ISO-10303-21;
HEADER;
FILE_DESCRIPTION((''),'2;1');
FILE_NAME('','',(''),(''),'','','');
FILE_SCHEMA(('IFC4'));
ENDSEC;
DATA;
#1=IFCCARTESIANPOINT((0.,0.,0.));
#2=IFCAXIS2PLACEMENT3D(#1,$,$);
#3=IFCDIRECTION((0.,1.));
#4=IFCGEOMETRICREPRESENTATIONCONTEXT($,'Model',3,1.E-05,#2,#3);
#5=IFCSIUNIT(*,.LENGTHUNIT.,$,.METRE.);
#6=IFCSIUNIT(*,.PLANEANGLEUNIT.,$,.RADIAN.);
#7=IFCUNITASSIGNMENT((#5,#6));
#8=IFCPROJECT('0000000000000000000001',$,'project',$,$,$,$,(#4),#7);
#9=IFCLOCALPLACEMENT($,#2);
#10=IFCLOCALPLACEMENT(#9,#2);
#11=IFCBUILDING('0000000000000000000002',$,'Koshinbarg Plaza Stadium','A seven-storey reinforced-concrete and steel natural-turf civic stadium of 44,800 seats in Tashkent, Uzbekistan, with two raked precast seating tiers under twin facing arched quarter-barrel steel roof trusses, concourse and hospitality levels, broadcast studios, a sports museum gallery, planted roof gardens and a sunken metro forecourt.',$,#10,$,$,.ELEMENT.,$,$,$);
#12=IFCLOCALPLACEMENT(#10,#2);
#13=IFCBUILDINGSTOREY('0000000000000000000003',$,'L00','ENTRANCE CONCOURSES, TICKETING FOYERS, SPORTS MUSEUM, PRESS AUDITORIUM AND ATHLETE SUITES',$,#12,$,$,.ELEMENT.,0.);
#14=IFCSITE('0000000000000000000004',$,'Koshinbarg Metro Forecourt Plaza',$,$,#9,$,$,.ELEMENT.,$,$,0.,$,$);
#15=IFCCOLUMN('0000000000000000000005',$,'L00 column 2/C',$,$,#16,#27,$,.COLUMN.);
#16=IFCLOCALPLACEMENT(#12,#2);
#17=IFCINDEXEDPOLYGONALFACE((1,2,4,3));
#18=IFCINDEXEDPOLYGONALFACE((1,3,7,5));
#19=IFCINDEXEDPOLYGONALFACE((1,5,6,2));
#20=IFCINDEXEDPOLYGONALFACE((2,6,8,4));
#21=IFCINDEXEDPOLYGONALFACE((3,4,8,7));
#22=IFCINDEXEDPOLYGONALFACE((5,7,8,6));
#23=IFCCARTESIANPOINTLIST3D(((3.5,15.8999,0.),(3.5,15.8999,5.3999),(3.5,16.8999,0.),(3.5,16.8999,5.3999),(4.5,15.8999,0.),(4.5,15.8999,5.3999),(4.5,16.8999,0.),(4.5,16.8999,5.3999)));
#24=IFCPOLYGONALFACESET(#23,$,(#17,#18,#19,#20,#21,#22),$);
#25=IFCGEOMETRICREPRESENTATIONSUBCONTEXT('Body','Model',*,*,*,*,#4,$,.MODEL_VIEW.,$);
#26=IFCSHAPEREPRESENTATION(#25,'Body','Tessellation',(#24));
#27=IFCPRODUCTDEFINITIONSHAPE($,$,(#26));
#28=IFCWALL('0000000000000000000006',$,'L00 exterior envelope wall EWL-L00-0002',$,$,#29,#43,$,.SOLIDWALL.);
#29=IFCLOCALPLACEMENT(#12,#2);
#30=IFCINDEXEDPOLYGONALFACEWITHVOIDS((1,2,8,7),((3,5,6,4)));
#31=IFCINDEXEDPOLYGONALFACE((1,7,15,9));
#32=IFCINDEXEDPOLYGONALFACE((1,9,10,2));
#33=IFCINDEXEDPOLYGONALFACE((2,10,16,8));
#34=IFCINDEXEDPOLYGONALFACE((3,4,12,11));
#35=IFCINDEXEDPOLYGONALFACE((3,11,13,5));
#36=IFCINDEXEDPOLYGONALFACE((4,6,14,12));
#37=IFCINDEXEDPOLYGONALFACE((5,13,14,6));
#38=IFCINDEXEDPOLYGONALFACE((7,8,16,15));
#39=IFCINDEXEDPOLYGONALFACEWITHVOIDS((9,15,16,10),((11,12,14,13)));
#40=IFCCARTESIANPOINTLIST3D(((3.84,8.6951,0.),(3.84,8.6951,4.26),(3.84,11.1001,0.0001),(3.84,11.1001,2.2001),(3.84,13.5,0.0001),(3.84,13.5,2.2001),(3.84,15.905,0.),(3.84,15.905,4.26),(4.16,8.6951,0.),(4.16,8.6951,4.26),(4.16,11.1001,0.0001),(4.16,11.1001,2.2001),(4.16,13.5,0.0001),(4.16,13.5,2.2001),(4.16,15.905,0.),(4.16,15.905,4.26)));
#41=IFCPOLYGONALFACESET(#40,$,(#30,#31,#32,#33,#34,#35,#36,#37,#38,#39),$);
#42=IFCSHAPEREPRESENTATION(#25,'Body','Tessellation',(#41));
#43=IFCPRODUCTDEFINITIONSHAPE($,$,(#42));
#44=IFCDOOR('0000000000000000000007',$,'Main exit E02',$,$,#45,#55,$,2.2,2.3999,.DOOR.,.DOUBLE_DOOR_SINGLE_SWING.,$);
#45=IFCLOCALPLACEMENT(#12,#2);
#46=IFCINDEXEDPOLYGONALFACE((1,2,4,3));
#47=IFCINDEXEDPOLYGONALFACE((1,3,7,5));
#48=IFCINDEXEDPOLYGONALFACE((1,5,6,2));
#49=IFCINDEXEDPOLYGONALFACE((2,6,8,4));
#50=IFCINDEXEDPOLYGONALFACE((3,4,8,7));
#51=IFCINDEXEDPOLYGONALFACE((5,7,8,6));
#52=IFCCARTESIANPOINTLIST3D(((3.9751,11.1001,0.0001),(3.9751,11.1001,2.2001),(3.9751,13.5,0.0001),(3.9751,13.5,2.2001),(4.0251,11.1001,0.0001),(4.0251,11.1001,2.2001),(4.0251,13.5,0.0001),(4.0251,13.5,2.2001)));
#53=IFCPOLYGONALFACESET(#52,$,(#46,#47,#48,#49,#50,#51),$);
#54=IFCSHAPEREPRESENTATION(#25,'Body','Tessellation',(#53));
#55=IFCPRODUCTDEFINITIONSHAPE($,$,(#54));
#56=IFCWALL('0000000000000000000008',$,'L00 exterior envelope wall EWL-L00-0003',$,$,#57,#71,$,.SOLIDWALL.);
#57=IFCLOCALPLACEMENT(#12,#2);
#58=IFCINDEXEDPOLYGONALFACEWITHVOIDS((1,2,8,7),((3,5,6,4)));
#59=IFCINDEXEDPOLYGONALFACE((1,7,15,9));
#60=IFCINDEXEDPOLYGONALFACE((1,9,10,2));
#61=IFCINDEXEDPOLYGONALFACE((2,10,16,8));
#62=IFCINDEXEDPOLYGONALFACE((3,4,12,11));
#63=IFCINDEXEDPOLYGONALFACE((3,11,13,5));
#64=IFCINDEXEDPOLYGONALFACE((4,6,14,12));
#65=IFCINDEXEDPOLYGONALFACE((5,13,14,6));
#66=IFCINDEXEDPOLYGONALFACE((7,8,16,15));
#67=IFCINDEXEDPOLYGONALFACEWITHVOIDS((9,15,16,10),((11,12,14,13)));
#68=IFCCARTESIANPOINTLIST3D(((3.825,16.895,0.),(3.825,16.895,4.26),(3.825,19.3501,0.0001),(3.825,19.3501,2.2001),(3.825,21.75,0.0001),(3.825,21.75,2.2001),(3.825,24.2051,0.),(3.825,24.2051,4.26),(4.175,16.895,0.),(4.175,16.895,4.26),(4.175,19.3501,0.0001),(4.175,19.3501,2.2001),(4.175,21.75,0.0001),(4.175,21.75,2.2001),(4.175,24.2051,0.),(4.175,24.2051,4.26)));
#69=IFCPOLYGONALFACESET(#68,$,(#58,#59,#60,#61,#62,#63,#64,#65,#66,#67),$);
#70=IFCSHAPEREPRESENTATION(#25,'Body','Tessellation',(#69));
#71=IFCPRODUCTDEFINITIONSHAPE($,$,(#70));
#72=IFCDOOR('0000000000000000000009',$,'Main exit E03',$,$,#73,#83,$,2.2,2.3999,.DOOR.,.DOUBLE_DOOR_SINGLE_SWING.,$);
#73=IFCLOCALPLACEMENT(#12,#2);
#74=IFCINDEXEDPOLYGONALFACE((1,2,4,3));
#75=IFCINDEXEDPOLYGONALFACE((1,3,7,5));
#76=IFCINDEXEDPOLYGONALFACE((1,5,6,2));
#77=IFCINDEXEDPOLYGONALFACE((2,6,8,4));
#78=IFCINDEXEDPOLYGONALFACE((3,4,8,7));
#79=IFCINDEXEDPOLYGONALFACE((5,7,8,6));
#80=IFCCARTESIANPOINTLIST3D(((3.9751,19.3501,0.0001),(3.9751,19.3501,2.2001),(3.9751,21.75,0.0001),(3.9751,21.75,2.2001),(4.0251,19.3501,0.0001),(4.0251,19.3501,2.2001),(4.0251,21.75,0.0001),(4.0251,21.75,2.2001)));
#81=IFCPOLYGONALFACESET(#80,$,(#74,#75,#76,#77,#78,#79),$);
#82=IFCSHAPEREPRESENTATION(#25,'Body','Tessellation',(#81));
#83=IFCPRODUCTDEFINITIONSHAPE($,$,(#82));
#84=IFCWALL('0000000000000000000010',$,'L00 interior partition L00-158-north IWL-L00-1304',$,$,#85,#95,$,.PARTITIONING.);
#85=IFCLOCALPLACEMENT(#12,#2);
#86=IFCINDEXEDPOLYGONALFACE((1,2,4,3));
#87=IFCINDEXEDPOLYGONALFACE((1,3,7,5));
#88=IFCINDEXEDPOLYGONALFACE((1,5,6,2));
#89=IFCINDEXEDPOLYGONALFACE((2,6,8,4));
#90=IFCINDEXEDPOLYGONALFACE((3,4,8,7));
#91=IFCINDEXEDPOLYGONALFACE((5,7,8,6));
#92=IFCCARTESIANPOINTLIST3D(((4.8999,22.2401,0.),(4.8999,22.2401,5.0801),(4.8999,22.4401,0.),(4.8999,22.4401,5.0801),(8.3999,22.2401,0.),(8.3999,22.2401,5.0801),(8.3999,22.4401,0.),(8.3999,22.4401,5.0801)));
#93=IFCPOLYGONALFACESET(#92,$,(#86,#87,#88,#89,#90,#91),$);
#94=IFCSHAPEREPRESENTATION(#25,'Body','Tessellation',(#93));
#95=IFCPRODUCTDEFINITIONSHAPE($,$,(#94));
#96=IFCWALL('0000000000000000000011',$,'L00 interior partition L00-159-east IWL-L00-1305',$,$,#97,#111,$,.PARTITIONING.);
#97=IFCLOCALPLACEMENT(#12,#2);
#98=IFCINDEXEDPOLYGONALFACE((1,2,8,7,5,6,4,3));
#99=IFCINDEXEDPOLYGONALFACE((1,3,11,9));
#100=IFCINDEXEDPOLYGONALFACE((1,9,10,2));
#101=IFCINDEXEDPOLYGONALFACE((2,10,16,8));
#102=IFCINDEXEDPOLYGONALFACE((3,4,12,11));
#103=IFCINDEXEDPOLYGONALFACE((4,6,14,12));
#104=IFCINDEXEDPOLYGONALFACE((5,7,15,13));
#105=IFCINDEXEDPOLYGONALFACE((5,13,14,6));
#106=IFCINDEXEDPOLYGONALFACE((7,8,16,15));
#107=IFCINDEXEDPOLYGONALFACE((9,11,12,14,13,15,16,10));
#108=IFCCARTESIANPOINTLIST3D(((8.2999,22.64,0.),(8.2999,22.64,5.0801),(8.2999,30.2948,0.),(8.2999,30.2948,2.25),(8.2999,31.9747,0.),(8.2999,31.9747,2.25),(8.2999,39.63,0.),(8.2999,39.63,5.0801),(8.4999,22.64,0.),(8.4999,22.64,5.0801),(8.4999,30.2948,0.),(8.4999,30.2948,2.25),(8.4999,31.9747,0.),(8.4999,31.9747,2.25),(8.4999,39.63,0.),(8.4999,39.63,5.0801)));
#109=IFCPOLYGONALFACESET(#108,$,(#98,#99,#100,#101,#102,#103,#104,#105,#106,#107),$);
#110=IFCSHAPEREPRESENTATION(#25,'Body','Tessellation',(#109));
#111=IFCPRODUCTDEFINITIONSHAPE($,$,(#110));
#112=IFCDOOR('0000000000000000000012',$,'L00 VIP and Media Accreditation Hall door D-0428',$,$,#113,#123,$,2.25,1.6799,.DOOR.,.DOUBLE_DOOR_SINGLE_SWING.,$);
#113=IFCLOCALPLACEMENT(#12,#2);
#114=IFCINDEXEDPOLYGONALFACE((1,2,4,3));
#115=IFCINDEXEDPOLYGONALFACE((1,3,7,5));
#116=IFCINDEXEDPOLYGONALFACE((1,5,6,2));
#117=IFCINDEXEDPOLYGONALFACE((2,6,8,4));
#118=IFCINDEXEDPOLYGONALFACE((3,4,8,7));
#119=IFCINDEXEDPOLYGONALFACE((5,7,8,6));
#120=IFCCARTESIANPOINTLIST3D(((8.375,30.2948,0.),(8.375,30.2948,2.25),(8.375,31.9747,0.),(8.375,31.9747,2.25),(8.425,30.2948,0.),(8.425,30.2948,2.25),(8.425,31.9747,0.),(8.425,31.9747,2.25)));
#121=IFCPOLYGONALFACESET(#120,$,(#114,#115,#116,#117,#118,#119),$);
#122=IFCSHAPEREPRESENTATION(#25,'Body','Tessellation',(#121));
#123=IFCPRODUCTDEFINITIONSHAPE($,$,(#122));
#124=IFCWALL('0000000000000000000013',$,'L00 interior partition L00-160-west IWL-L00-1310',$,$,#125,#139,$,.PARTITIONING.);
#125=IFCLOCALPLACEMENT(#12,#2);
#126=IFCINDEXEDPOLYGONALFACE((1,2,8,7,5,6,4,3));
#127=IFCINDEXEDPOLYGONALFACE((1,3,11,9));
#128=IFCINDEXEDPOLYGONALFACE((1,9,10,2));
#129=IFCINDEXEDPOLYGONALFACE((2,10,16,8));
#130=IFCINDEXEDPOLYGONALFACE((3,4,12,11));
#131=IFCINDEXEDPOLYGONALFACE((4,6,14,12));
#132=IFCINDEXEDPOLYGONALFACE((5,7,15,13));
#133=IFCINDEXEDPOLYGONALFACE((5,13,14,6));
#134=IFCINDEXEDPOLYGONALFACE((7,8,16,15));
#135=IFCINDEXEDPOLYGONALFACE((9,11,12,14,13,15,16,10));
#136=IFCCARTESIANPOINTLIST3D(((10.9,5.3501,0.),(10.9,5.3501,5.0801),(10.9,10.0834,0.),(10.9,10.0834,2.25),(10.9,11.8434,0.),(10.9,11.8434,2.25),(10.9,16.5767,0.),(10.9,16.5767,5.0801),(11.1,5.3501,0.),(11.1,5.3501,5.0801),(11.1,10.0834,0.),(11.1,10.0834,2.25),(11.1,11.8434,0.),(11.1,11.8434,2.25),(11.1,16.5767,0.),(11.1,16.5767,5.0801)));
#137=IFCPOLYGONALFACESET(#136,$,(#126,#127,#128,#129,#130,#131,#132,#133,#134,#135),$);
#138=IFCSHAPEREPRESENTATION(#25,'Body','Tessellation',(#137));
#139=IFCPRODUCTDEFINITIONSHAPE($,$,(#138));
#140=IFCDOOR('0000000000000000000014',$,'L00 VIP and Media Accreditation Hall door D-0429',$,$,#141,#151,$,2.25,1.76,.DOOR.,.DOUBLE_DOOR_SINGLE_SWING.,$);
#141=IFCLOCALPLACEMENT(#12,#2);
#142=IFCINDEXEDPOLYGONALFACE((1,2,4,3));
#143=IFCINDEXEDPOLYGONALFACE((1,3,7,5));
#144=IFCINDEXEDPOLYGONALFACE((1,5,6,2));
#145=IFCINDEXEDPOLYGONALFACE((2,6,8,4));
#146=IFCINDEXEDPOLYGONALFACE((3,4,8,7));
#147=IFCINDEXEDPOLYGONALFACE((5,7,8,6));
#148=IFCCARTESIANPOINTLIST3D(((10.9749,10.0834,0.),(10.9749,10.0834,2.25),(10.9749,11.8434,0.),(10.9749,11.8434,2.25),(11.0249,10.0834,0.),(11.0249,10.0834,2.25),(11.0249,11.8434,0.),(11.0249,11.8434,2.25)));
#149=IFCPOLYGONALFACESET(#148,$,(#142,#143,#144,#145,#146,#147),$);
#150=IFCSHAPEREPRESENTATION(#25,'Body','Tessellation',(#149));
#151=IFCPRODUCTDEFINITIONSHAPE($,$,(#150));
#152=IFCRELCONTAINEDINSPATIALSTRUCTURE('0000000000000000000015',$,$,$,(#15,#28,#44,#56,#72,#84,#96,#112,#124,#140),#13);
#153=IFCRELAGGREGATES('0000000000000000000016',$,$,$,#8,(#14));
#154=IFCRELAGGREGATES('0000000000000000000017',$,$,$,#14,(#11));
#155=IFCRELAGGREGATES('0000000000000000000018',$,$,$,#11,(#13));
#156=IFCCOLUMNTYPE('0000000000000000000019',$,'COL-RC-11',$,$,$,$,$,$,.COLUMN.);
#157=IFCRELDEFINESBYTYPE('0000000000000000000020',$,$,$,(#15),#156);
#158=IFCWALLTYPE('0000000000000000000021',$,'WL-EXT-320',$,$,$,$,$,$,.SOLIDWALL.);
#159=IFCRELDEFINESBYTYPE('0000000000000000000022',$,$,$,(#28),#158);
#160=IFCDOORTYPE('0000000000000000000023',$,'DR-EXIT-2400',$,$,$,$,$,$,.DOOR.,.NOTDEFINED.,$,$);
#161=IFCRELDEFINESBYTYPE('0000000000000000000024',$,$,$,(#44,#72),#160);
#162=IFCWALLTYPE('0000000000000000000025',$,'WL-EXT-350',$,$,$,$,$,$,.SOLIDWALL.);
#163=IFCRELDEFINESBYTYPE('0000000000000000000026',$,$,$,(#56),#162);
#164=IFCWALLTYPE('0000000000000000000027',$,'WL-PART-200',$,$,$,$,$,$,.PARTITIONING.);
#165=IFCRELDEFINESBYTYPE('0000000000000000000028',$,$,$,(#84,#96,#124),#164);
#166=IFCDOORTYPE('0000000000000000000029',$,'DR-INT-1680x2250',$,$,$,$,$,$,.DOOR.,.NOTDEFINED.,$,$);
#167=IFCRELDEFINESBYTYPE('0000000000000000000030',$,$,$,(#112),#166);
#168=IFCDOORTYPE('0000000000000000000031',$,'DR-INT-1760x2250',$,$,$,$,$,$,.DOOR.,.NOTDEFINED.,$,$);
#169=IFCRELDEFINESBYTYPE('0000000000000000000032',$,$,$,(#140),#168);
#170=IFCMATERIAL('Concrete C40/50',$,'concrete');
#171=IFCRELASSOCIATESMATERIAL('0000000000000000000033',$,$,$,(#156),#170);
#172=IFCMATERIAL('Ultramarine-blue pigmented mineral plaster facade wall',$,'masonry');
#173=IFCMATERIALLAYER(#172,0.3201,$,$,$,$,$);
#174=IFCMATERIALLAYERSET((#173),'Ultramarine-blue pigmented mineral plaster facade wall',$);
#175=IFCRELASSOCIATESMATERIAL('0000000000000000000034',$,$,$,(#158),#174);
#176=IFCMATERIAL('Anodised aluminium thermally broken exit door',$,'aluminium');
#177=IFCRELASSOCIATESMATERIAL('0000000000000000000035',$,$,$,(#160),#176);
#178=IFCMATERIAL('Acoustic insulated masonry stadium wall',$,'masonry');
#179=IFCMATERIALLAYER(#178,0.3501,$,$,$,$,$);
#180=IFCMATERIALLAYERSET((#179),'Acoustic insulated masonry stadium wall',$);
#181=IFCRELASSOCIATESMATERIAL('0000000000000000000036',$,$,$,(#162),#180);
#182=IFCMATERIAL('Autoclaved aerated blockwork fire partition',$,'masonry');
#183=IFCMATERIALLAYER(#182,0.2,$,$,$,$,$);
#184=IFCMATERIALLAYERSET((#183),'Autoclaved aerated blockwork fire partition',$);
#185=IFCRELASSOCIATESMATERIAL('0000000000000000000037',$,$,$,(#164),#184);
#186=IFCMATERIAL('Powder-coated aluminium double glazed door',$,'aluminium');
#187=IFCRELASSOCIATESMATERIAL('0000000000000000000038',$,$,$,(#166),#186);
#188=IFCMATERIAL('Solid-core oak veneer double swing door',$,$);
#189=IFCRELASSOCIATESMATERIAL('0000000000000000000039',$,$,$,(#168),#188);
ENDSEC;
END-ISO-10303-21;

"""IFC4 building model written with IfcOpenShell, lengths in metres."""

from ifc_helpers import new_model, si_unit, direction, frame, frame_2d, origin, origin_2d, place, context, subcontext, project, spatial, rectangle, extrude, material, layer, layer_set, material_profile, profile_set, type_object, element, fill, save


model = new_model("IFC4")

# Units and contexts
model_context = context("Model", 3, precision=1e-05, world=origin(), true_north=direction((0.0, 1.0)))
body_context = subcontext(model_context, "Body", "Model", "MODEL_VIEW")
ifc_project = project(units=[si_unit("LENGTHUNIT", "METRE"), si_unit("PLANEANGLEUNIT", "RADIAN")], contexts=[model_context])

# Site, building, storey
site_placement = place(None, origin())
site = spatial("IfcSite", under=ifc_project, at=site_placement, Name="Koshinbarg Metro Forecourt Plaza", CompositionType="ELEMENT", RefElevation=0.0)
building_placement = place(site_placement, origin())
building = spatial("IfcBuilding", under=site, at=building_placement, Name="Koshinbarg Plaza Stadium", Description="A seven-storey reinforced-concrete and steel natural-turf civic stadium of 44,800 seats in Tashkent, Uzbekistan, with two raked precast seating tiers under twin facing arched quarter-barrel steel roof trusses, concourse and hospitality levels, broadcast studios, a sports museum gallery, planted roof gardens and a sunken metro forecourt.", CompositionType="ELEMENT")
storey_placement = place(building_placement, origin())
storey = spatial("IfcBuildingStorey", under=building, at=storey_placement, Name="L00", Description="ENTRANCE CONCOURSES, TICKETING FOYERS, SPORTS MUSEUM, PRESS AUDITORIUM AND ATHLETE SUITES", CompositionType="ELEMENT", Elevation=0.0)

# Column
ifc_material_1 = material(Name="Concrete C40/50", Category="concrete")
ifc_material_profile_1 = material_profile(ifc_material_1, rectangle(XDim=1.0, YDim=1.0, at=origin_2d()), Name="RC 1000x1000")
ifc_profile_set_1 = profile_set([ifc_material_profile_1], Name="Concrete C40/50")
column_type_1 = type_object("IfcColumnType", Name="COL-RC-11", PredefinedType="COLUMN", material=ifc_profile_set_1)
column_1_placement = place(storey_placement, frame((4.0, 16.3999, 0.0), z_axis=(0.0, 0.0, 1.0), x_axis=(1.0, 0.0, 0.0)))
element("IfcColumn", 1, at=column_1_placement, inside=storey, type_object=column_type_1, Name="L00 column 2/C", PredefinedType="COLUMN", context=body_context, shape_type="SweptSolid", body=[
    extrude(rectangle(XDim=1.0, YDim=1.0, at=origin_2d()), origin(), (0.0, 0.0, 1.0), 5.3999),
])

# Walls, openings, doors
ifc_material_2 = material(Name="Ultramarine-blue pigmented mineral plaster facade wall", Category="masonry")
ifc_layer_1 = layer(ifc_material_2, 0.3201)
ifc_layer_set_1 = layer_set([ifc_layer_1], Name="Ultramarine-blue pigmented mineral plaster facade wall")
wall_type_1 = type_object("IfcWallType", Name="WL-EXT-320", PredefinedType="SOLIDWALL", material=ifc_layer_set_1)
wall_1_placement = place(storey_placement, frame((4.0, 8.6951, 0.0), z_axis=(0.0, 0.0, 1.0), x_axis=(0.0, 1.0, 0.0)))
wall_1 = element("IfcWall", 2, at=wall_1_placement, inside=storey, type_object=wall_type_1, Name="L00 exterior envelope wall EWL-L00-0002", PredefinedType="SOLIDWALL", context=body_context, shape_type="SweptSolid", body=[
    extrude(rectangle(XDim=7.21, YDim=0.3201, at=frame_2d((3.605, 0.0))), origin(), (0.0, 0.0, 1.0), 4.26),
])
opening_1_placement = place(wall_1_placement, frame((2.405, 0.0, 0.0)))
opening_1 = element("IfcOpeningElement", 3, at=opening_1_placement, cuts=wall_1, PredefinedType="OPENING", context=body_context, shape_type="SweptSolid", body=[
    extrude(rectangle(XDim=2.3999, YDim=2.2, at=frame_2d((1.2, 1.1001))), frame((0.0, 0.1699, 0.0), z_axis=(0.0, -1.0, 0.0), x_axis=(1.0, 0.0, 0.0)), (0.0, 0.0, 1.0), 0.3401),
])
ifc_material_3 = material(Name="Anodised aluminium thermally broken exit door", Category="aluminium")
door_type_1 = type_object("IfcDoorType", Name="DR-EXIT-2400", OperationType="NOTDEFINED", PredefinedType="DOOR", material=ifc_material_3)
door_1_placement = place(opening_1_placement, origin())
door_1 = element("IfcDoor", 4, at=door_1_placement, inside=storey, type_object=door_type_1, Name="Main exit E02", OperationType="DOUBLE_DOOR_SINGLE_SWING", OverallHeight=2.2, OverallWidth=2.3999, PredefinedType="DOOR", context=body_context, shape_type="SweptSolid", body=[
    extrude(rectangle(XDim=2.3999, YDim=2.2, at=frame_2d((1.2, 1.1001))), frame((0.0, 0.0249, 0.0), z_axis=(0.0, -1.0, 0.0), x_axis=(1.0, 0.0, 0.0)), (0.0, 0.0, 1.0), 0.05),
])
fill(opening_1, door_1)
ifc_material_4 = material(Name="Acoustic insulated masonry stadium wall", Category="masonry")
ifc_layer_2 = layer(ifc_material_4, 0.3501)
ifc_layer_set_2 = layer_set([ifc_layer_2], Name="Acoustic insulated masonry stadium wall")
wall_type_2 = type_object("IfcWallType", Name="WL-EXT-350", PredefinedType="SOLIDWALL", material=ifc_layer_set_2)
wall_2_placement = place(storey_placement, frame((4.0, 16.895, 0.0), z_axis=(0.0, 0.0, 1.0), x_axis=(0.0, 1.0, 0.0)))
wall_2 = element("IfcWall", 5, at=wall_2_placement, inside=storey, type_object=wall_type_2, Name="L00 exterior envelope wall EWL-L00-0003", PredefinedType="SOLIDWALL", context=body_context, shape_type="SweptSolid", body=[
    extrude(rectangle(XDim=7.3101, YDim=0.3501, at=frame_2d((3.655, 0.0))), origin(), (0.0, 0.0, 1.0), 4.26),
])
opening_2_placement = place(wall_2_placement, frame((2.4551, 0.0, 0.0)))
opening_2 = element("IfcOpeningElement", 6, at=opening_2_placement, cuts=wall_2, PredefinedType="OPENING", context=body_context, shape_type="SweptSolid", body=[
    extrude(rectangle(XDim=2.3999, YDim=2.2, at=frame_2d((1.2, 1.1001))), frame((0.0, 0.1851, 0.0), z_axis=(0.0, -1.0, 0.0), x_axis=(1.0, 0.0, 0.0)), (0.0, 0.0, 1.0), 0.3701),
])
door_2_placement = place(opening_2_placement, origin())
door_2 = element("IfcDoor", 7, at=door_2_placement, inside=storey, type_object=door_type_1, Name="Main exit E03", OperationType="DOUBLE_DOOR_SINGLE_SWING", OverallHeight=2.2, OverallWidth=2.3999, PredefinedType="DOOR", context=body_context, shape_type="SweptSolid", body=[
    extrude(rectangle(XDim=2.3999, YDim=2.2, at=frame_2d((1.2, 1.1001))), frame((0.0, 0.0249, 0.0), z_axis=(0.0, -1.0, 0.0), x_axis=(1.0, 0.0, 0.0)), (0.0, 0.0, 1.0), 0.05),
])
fill(opening_2, door_2)

# Wall
ifc_material_5 = material(Name="Autoclaved aerated blockwork fire partition", Category="masonry")
ifc_layer_3 = layer(ifc_material_5, 0.2)
ifc_layer_set_3 = layer_set([ifc_layer_3], Name="Autoclaved aerated blockwork fire partition")
wall_type_3 = type_object("IfcWallType", Name="WL-PART-200", PredefinedType="PARTITIONING", material=ifc_layer_set_3)
wall_3_placement = place(storey_placement, frame((8.3999, 22.3401, 0.0), z_axis=(0.0, 0.0, 1.0), x_axis=(-1.0, 0.0, 0.0)))
element("IfcWall", 8, at=wall_3_placement, inside=storey, type_object=wall_type_3, Name="L00 interior partition L00-158-north IWL-L00-1304", PredefinedType="PARTITIONING", context=body_context, shape_type="SweptSolid", body=[
    extrude(rectangle(XDim=3.5, YDim=0.2, at=frame_2d((1.75, 0.0))), origin(), (0.0, 0.0, 1.0), 5.0801),
])

# Walls, openings, doors
wall_4_placement = place(storey_placement, frame((8.3999, 22.6399, 0.0), z_axis=(0.0, 0.0, 1.0), x_axis=(0.0, 1.0, 0.0)))
wall_4 = element("IfcWall", 9, at=wall_4_placement, inside=storey, type_object=wall_type_3, Name="L00 interior partition L00-159-east IWL-L00-1305", PredefinedType="PARTITIONING", context=body_context, shape_type="SweptSolid", body=[
    extrude(rectangle(XDim=16.99, YDim=0.2, at=frame_2d((8.4951, 0.0))), origin(), (0.0, 0.0, 1.0), 5.0801),
])
opening_3_placement = place(wall_4_placement, frame((7.655, 0.0, 0.0)))
opening_3 = element("IfcOpeningElement", 10, at=opening_3_placement, cuts=wall_4, PredefinedType="OPENING", context=body_context, shape_type="SweptSolid", body=[
    extrude(rectangle(XDim=1.6799, YDim=2.25, at=frame_2d((0.8398, 1.125))), frame((0.0, 0.1099, 0.0), z_axis=(0.0, -1.0, 0.0), x_axis=(1.0, 0.0, 0.0)), (0.0, 0.0, 1.0), 0.22),
])
ifc_material_6 = material(Name="Powder-coated aluminium double glazed door", Category="aluminium")
door_type_2 = type_object("IfcDoorType", Name="DR-INT-1680x2250", OperationType="NOTDEFINED", PredefinedType="DOOR", material=ifc_material_6)
door_3_placement = place(opening_3_placement, origin())
door_3 = element("IfcDoor", 11, at=door_3_placement, inside=storey, type_object=door_type_2, Name="L00 VIP and Media Accreditation Hall door D-0428", OperationType="DOUBLE_DOOR_SINGLE_SWING", OverallHeight=2.25, OverallWidth=1.6799, PredefinedType="DOOR", context=body_context, shape_type="SweptSolid", body=[
    extrude(rectangle(XDim=1.6799, YDim=2.25, at=frame_2d((0.8398, 1.125))), frame((0.0, 0.0249, 0.0), z_axis=(0.0, -1.0, 0.0), x_axis=(1.0, 0.0, 0.0)), (0.0, 0.0, 1.0), 0.05),
])
fill(opening_3, door_3)
wall_5_placement = place(storey_placement, frame((11.0, 16.5767, 0.0), z_axis=(0.0, 0.0, 1.0), x_axis=(0.0, -1.0, 0.0)))
wall_5 = element("IfcWall", 12, at=wall_5_placement, inside=storey, type_object=wall_type_3, Name="L00 interior partition L00-160-west IWL-L00-1310", PredefinedType="PARTITIONING", context=body_context, shape_type="SweptSolid", body=[
    extrude(rectangle(XDim=11.2266, YDim=0.2, at=frame_2d((5.6133, 0.0))), origin(), (0.0, 0.0, 1.0), 5.0801),
])
opening_4_placement = place(wall_5_placement, frame((4.7334, 0.0, 0.0)))
opening_4 = element("IfcOpeningElement", 13, at=opening_4_placement, cuts=wall_5, PredefinedType="OPENING", context=body_context, shape_type="SweptSolid", body=[
    extrude(rectangle(XDim=1.76, YDim=2.25, at=frame_2d((0.8799, 1.125))), frame((0.0, 0.1099, 0.0), z_axis=(0.0, -1.0, 0.0), x_axis=(1.0, 0.0, 0.0)), (0.0, 0.0, 1.0), 0.22),
])
ifc_material_7 = material(Name="Solid-core oak veneer double swing door")
door_type_3 = type_object("IfcDoorType", Name="DR-INT-1760x2250", OperationType="NOTDEFINED", PredefinedType="DOOR", material=ifc_material_7)
door_4_placement = place(opening_4_placement, origin())
door_4 = element("IfcDoor", 14, at=door_4_placement, inside=storey, type_object=door_type_3, Name="L00 VIP and Media Accreditation Hall door D-0429", OperationType="DOUBLE_DOOR_SINGLE_SWING", OverallHeight=2.25, OverallWidth=1.76, PredefinedType="DOOR", context=body_context, shape_type="SweptSolid", body=[
    extrude(rectangle(XDim=1.76, YDim=2.25, at=frame_2d((0.8799, 1.125))), frame((0.0, 0.0249, 0.0), z_axis=(0.0, -1.0, 0.0), x_axis=(1.0, 0.0, 0.0)), (0.0, 0.0, 1.0), 0.05),
])
fill(opening_4, door_4)

save(model, "model.ifc")
